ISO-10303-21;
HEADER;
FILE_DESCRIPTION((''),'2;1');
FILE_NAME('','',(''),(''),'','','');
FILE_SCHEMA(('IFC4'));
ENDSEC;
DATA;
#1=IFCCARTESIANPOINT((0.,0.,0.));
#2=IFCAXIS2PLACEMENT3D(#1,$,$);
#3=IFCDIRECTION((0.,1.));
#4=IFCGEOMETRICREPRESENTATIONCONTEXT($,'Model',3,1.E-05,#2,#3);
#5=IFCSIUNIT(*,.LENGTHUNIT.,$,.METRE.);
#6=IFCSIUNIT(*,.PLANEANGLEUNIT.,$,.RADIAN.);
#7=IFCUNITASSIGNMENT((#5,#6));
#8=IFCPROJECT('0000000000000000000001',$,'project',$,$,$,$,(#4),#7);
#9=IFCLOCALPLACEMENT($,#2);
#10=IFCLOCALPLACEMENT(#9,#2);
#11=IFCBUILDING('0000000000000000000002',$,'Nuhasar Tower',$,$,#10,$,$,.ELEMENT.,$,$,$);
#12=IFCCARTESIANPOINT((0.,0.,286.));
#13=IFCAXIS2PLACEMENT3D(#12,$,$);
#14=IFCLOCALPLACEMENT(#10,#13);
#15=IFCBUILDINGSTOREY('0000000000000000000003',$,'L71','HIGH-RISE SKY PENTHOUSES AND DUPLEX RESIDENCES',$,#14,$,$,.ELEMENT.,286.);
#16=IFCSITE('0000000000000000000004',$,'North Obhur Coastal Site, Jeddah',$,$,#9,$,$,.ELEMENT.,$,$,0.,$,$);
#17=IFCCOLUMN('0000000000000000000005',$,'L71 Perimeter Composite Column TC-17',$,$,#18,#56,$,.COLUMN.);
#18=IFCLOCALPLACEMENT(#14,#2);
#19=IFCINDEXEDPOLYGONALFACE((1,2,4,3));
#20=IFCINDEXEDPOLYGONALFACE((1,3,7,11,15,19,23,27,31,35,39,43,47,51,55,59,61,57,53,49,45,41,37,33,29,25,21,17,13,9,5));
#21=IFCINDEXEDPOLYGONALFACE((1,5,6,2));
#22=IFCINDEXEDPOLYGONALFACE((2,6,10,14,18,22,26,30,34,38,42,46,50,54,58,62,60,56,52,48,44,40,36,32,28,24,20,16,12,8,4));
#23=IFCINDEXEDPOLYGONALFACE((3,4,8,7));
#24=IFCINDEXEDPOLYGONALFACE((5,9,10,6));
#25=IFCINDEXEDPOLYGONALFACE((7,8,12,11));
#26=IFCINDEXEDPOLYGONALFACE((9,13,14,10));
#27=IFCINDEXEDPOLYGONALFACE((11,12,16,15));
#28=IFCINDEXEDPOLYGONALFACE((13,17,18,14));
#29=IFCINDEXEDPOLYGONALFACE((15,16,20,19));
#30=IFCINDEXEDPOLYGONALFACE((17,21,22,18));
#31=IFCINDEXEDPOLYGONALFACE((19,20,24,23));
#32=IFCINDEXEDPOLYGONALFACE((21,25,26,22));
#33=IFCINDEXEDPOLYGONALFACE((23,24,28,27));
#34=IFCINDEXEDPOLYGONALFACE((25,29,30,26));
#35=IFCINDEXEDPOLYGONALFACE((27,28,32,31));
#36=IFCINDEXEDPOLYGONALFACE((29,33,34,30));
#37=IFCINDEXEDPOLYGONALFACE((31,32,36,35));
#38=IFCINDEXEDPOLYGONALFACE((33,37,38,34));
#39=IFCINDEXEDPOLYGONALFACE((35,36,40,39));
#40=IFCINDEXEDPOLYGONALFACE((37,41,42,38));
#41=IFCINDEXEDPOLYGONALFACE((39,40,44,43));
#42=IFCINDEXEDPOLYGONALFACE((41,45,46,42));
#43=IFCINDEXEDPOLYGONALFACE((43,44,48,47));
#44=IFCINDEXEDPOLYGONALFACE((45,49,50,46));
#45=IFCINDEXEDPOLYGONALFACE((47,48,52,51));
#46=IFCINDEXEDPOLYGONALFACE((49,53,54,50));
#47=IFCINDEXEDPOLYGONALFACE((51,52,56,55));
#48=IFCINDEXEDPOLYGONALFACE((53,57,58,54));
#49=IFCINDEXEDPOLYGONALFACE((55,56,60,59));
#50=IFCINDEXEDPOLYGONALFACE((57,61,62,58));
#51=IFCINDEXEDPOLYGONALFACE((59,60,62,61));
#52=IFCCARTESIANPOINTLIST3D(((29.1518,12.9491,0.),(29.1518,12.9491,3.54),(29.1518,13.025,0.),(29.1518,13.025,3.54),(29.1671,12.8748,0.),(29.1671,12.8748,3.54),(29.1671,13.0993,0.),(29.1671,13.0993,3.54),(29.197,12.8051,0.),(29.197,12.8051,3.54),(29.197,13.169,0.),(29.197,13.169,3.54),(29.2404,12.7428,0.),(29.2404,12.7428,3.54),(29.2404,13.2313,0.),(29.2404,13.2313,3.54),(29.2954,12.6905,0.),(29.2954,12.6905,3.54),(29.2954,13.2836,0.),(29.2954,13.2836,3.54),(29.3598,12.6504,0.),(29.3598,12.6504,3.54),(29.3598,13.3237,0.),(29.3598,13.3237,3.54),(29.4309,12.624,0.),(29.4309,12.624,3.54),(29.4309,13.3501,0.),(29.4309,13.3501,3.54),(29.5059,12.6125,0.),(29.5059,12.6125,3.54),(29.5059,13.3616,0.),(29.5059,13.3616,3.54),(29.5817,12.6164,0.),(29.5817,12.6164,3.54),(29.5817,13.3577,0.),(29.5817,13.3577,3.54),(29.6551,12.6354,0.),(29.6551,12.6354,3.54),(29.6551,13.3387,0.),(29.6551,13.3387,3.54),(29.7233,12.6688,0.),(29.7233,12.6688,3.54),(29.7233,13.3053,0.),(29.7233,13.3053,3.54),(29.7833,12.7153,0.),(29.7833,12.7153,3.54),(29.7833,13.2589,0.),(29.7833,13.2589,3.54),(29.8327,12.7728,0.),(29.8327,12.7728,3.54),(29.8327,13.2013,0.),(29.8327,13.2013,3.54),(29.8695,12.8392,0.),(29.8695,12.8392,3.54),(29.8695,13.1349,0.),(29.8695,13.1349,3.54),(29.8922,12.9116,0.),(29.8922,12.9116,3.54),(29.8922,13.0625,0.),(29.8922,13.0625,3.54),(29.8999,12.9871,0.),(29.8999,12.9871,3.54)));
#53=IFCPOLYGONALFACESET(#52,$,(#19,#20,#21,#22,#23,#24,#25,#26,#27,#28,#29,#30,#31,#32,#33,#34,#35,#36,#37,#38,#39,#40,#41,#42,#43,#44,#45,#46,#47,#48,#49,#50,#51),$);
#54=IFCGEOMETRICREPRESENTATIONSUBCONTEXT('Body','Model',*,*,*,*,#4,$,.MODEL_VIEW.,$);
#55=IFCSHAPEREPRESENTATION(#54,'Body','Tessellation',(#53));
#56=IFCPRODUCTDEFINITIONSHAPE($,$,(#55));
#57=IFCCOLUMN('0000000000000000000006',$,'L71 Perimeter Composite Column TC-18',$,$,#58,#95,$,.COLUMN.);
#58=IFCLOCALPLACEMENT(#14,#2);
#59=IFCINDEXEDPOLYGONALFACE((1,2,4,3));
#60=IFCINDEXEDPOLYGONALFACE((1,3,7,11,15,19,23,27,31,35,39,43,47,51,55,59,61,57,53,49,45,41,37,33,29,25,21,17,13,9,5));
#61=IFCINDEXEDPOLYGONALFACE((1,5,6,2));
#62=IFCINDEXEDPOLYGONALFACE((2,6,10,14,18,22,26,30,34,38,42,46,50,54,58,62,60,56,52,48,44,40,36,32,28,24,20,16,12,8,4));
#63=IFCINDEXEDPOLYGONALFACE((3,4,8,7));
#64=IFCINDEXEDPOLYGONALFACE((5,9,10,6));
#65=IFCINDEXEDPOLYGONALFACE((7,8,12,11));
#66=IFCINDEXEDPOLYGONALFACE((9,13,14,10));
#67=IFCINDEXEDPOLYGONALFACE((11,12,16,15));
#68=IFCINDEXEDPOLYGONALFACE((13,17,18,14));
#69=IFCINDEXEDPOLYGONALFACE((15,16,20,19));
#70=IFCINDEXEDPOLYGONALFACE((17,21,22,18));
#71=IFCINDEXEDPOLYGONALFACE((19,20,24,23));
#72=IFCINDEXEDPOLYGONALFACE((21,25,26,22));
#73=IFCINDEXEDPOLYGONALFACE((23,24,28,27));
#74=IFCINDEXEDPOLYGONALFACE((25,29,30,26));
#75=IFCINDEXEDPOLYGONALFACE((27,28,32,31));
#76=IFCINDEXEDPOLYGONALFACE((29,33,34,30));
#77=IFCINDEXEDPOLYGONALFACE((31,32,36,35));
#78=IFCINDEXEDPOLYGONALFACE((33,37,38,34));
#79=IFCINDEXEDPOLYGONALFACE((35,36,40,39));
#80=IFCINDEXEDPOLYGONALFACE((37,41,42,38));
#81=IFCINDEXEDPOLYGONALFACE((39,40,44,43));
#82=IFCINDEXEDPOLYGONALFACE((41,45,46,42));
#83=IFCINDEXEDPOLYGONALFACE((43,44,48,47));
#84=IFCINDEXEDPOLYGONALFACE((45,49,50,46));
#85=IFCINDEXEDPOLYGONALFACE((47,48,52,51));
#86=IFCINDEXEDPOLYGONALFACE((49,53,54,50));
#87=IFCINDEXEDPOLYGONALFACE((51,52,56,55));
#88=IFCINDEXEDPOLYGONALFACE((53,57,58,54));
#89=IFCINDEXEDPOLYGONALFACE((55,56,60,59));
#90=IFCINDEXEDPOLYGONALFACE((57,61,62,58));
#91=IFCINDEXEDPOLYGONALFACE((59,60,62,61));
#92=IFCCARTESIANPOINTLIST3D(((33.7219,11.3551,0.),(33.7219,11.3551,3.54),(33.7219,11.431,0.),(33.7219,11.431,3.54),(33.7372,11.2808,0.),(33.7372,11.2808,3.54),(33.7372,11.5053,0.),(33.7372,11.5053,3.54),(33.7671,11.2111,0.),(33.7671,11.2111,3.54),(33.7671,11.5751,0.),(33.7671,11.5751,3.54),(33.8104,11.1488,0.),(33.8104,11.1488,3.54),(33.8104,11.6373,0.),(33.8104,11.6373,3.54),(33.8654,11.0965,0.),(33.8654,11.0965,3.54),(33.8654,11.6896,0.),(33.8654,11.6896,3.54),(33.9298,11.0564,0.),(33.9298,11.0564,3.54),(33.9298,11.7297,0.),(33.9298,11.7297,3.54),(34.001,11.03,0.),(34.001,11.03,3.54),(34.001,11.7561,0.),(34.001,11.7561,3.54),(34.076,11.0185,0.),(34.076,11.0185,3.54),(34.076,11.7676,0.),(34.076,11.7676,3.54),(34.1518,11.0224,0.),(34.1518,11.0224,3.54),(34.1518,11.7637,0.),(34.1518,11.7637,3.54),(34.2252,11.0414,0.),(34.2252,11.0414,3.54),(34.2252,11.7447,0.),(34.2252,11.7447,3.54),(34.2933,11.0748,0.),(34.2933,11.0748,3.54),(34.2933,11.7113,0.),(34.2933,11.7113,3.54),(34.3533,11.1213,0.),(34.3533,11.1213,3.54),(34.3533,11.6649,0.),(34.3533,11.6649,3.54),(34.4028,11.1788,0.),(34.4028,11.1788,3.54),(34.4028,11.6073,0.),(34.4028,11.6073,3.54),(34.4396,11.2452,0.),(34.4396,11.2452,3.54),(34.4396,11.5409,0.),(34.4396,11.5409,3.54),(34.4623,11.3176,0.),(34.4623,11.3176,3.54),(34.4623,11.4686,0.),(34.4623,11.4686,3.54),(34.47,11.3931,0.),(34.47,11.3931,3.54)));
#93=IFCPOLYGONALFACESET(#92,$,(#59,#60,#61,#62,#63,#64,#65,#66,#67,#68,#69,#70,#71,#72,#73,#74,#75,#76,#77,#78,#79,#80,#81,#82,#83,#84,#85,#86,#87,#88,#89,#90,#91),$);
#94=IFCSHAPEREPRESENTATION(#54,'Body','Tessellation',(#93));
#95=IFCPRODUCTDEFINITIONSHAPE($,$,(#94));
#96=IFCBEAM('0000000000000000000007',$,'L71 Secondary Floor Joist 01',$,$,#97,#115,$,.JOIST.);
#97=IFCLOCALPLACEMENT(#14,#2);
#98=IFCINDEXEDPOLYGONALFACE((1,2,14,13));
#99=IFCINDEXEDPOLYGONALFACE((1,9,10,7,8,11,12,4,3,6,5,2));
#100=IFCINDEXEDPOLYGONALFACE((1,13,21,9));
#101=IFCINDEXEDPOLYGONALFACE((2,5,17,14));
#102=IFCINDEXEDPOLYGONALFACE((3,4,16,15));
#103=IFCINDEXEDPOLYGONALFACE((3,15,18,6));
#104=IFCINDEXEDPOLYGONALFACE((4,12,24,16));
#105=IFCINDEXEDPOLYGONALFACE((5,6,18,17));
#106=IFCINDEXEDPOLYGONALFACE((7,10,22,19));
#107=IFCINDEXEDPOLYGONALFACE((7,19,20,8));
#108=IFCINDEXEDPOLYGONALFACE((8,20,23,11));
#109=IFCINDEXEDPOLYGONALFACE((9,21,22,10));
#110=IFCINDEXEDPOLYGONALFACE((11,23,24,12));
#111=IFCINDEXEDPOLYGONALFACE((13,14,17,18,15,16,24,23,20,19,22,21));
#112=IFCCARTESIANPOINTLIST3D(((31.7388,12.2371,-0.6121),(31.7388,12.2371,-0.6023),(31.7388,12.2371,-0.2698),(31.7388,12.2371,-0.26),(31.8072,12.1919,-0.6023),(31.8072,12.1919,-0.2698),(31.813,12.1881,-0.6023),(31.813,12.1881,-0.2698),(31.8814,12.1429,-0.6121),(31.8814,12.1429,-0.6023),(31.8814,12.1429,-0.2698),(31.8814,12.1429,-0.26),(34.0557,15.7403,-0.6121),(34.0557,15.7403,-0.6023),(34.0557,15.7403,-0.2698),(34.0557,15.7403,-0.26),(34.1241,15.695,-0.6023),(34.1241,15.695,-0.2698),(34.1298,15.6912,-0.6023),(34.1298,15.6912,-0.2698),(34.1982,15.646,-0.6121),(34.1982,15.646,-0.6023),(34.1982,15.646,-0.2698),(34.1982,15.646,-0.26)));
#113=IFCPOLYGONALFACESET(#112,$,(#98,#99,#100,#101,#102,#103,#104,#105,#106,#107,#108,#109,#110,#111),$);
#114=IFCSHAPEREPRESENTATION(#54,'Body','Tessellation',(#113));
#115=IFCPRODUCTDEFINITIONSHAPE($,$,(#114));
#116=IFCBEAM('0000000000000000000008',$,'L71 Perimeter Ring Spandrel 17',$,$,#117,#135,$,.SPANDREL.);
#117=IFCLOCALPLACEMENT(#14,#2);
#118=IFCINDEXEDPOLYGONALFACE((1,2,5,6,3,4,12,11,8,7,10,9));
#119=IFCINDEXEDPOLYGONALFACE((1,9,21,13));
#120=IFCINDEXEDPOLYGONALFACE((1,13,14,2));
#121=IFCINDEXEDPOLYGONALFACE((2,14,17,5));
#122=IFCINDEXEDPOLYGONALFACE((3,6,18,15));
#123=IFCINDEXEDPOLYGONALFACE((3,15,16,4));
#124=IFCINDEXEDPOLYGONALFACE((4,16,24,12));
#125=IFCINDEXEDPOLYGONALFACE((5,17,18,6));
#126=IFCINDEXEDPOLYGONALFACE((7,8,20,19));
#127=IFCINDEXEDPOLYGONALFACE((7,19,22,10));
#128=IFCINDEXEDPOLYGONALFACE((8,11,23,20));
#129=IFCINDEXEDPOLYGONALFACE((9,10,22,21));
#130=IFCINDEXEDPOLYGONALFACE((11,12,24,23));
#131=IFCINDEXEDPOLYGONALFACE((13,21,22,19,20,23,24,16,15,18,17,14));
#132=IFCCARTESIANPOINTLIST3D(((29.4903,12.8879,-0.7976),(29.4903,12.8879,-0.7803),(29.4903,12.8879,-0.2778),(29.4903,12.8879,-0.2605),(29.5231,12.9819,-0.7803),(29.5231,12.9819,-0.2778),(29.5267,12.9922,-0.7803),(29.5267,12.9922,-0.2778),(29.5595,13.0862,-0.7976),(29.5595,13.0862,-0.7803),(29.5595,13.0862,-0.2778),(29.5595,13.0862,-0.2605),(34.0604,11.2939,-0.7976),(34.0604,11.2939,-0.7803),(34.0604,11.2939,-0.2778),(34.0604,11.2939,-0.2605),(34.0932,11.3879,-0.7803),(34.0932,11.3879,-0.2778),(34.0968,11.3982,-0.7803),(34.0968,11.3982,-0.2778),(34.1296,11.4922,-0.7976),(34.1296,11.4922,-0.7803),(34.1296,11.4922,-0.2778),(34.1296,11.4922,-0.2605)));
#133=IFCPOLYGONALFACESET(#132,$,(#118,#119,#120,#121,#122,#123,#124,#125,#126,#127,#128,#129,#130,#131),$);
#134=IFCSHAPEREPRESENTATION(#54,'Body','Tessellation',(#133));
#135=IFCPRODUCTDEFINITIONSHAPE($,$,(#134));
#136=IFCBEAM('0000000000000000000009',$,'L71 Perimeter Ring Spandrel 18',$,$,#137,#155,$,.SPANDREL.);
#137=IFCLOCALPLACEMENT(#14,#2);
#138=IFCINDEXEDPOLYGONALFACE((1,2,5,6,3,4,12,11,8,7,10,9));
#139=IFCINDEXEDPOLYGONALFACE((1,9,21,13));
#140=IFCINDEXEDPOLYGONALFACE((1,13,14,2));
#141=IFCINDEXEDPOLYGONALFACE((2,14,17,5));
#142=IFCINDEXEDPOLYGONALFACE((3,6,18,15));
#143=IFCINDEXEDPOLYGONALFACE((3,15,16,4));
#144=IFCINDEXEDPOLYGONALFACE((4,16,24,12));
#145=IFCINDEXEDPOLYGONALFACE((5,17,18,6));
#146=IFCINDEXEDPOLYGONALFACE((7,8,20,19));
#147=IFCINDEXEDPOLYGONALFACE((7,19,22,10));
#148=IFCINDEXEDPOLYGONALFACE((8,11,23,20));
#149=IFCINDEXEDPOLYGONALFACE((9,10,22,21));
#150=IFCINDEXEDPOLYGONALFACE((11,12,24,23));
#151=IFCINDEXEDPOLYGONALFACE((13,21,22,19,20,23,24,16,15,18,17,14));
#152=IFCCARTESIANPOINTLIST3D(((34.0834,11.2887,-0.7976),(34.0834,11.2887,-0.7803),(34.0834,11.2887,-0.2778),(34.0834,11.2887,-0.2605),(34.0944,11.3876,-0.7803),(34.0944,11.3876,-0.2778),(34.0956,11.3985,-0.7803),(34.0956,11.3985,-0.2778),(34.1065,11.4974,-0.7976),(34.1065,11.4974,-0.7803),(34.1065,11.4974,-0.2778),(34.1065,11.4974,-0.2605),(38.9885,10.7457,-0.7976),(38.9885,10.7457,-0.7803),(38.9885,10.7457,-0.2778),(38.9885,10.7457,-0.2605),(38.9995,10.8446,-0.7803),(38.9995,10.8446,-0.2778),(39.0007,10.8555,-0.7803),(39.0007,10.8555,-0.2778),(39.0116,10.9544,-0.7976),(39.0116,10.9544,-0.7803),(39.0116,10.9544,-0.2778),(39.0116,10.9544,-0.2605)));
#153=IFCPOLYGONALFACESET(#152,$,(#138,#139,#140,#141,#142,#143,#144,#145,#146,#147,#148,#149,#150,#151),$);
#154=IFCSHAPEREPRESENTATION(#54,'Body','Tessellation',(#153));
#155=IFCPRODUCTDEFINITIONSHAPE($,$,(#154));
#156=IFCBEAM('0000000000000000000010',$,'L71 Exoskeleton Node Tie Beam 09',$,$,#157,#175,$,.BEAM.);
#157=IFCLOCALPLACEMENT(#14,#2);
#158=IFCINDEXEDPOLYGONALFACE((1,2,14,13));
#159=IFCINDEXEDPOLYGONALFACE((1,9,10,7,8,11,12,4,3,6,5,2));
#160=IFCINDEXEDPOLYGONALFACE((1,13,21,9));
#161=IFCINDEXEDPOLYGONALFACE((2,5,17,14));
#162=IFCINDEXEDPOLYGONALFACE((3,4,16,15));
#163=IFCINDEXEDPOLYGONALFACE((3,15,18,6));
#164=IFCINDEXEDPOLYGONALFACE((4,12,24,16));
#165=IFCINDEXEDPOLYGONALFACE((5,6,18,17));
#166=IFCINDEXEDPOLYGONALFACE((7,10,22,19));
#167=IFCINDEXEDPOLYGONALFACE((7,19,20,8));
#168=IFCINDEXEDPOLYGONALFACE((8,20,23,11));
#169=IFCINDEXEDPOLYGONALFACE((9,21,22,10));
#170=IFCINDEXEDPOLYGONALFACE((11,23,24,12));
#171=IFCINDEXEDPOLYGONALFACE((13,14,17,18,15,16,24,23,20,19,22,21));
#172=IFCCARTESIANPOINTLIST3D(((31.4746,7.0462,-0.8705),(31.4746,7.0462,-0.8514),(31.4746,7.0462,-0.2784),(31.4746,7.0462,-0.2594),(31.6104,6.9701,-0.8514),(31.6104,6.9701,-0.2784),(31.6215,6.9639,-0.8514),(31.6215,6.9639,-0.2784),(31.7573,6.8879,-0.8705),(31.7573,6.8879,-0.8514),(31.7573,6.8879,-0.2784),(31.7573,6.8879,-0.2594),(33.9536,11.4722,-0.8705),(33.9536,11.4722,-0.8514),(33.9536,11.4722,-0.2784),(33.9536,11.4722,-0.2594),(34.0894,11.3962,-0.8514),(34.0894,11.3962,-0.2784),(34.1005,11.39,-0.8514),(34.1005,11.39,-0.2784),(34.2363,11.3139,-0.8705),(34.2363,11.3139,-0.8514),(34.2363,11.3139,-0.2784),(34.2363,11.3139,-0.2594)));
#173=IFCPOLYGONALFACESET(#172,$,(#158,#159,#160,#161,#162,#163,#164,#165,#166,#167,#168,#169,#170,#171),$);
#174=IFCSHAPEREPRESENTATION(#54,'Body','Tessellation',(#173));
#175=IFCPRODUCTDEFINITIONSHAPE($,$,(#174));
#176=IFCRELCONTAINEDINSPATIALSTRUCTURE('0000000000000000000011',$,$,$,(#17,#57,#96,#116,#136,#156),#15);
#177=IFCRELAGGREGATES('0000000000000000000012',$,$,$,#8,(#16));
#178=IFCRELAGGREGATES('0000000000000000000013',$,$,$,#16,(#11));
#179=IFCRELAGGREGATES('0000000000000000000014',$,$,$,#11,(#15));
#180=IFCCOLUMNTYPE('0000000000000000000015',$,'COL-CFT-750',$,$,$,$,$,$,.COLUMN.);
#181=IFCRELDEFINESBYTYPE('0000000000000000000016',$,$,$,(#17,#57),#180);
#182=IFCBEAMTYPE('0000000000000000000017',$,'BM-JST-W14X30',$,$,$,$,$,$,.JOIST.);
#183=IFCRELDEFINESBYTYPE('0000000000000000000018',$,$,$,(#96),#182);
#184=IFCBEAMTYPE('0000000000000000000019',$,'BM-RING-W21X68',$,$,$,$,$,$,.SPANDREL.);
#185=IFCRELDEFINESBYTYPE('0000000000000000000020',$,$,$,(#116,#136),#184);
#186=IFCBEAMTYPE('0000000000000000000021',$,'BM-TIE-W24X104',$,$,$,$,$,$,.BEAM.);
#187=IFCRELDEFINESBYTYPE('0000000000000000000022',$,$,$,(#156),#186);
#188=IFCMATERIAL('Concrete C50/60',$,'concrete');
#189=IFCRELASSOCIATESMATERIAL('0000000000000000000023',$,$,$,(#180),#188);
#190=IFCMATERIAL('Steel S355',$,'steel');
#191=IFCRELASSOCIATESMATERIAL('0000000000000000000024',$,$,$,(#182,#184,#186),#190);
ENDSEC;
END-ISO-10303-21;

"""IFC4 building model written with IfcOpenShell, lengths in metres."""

from ifc_helpers import new_model, si_unit, direction, frame, origin, origin_2d, place, context, subcontext, project, spatial, circle, i_section, extrude, material, material_profile, profile_set, type_object, element, save


model = new_model("IFC4")

# Units and contexts
model_context = context("Model", 3, precision=1e-05, world=origin(), true_north=direction((0.0, 1.0)))
body_context = subcontext(model_context, "Body", "Model", "MODEL_VIEW")
ifc_project = project(units=[si_unit("LENGTHUNIT", "METRE"), si_unit("PLANEANGLEUNIT", "RADIAN")], contexts=[model_context])

# Site, building, storey
site_placement = place(None, origin())
site = spatial("IfcSite", under=ifc_project, at=site_placement, Name="North Obhur Coastal Site, Jeddah", CompositionType="ELEMENT", RefElevation=0.0)
building_placement = place(site_placement, origin())
building = spatial("IfcBuilding", under=site, at=building_placement, Name="Nuhasar Tower", CompositionType="ELEMENT")
storey_placement = place(building_placement, frame((0.0, 0.0, 286.0)))
storey = spatial("IfcBuildingStorey", under=building, at=storey_placement, Name="L71", Description="HIGH-RISE SKY PENTHOUSES AND DUPLEX RESIDENCES", CompositionType="ELEMENT", Elevation=286.0)

# Columns
ifc_material_1 = material(Name="Concrete C50/60", Category="concrete")
ifc_material_profile_1 = material_profile(ifc_material_1, circle(Radius=0.375, at=origin_2d()), Name="CFT750")
ifc_profile_set_1 = profile_set([ifc_material_profile_1], Name="Concrete C50/60")
column_type = type_object("IfcColumnType", Name="COL-CFT-750", PredefinedType="COLUMN", material=ifc_profile_set_1)
for number, where, z_axis, x_axis, name in (
    (1, (29.5249, 12.9871, 0.0), (0.0, 0.0, 1.0), (1.0, 0.0, 0.0), "L71 Perimeter Composite Column TC-17"),
    (2, (34.095, 11.3931, 0.0), (0.0, 0.0, 1.0), (1.0, 0.0, 0.0), "L71 Perimeter Composite Column TC-18"),
):
    element("IfcColumn", number, at=place(storey_placement, frame(where, z_axis=z_axis, x_axis=x_axis)), inside=storey, type_object=column_type, Name=name, PredefinedType="COLUMN", context=body_context, shape_type="SweptSolid", body=[
        extrude(circle(Radius=0.375, at=origin_2d()), origin(), (0.0, 0.0, 1.0), 3.54),
    ])

# Beams
ifc_material_2 = material(Name="Steel S355", Category="steel")
ifc_material_profile_2 = material_profile(ifc_material_2, i_section(OverallWidth=0.1709, OverallDepth=0.3521, WebThickness=0.0068, FlangeThickness=0.0098, at=origin_2d()), Name="W14X30")
ifc_profile_set_2 = profile_set([ifc_material_profile_2], Name="Steel S355")
beam_type_1 = type_object("IfcBeamType", Name="BM-JST-W14X30", PredefinedType="JOIST", material=ifc_profile_set_2)
beam_1_placement = place(storey_placement, frame((34.127, 15.6931, -0.436), z_axis=(-0.551638, -0.834084, 0.0), x_axis=(0.834084, -0.551638, 0.0)))
element("IfcBeam", 3, at=beam_1_placement, inside=storey, type_object=beam_type_1, Name="L71 Secondary Floor Joist 01", PredefinedType="JOIST", context=body_context, shape_type="SweptSolid", body=[
    extrude(i_section(OverallWidth=0.1709, OverallDepth=0.3521, WebThickness=0.0068, FlangeThickness=0.0098, at=origin_2d()), origin(), (0.0, 0.0, 1.0), 4.2),
])
ifc_material_profile_3 = material_profile(ifc_material_2, i_section(OverallWidth=0.21, OverallDepth=0.5371, WebThickness=0.011, FlangeThickness=0.0173, at=origin_2d()), Name="W21X68")
ifc_profile_set_3 = profile_set([ifc_material_profile_3], Name="Steel S355")
beam_type_2 = type_object("IfcBeamType", Name="BM-RING-W21X68", PredefinedType="SPANDREL", material=ifc_profile_set_3)
beam_2_placement = place(storey_placement, frame((29.5249, 12.9871, -0.5291), z_axis=(0.944214, -0.329332, 0.0), x_axis=(0.329332, 0.944214, 0.0)))
element("IfcBeam", 4, at=beam_2_placement, inside=storey, type_object=beam_type_2, Name="L71 Perimeter Ring Spandrel 17", PredefinedType="SPANDREL", context=body_context, shape_type="SweptSolid", body=[
    extrude(i_section(OverallWidth=0.21, OverallDepth=0.5371, WebThickness=0.011, FlangeThickness=0.0173, at=origin_2d()), origin(), (0.0, 0.0, 1.0), 4.8401),
])
beam_3_placement = place(storey_placement, frame((34.095, 11.3931, -0.5291), z_axis=(0.993929, -0.110024, 0.0), x_axis=(0.110024, 0.993929, 0.0)))
element("IfcBeam", 5, at=beam_3_placement, inside=storey, type_object=beam_type_2, Name="L71 Perimeter Ring Spandrel 18", PredefinedType="SPANDREL", context=body_context, shape_type="SweptSolid", body=[
    extrude(i_section(OverallWidth=0.21, OverallDepth=0.5371, WebThickness=0.011, FlangeThickness=0.0173, at=origin_2d()), origin(), (0.0, 0.0, 1.0), 4.9351),
])
ifc_material_profile_4 = material_profile(ifc_material_2, i_section(OverallWidth=0.324, OverallDepth=0.6111, WebThickness=0.0127, FlangeThickness=0.019, at=origin_2d()), Name="W24X104")
ifc_profile_set_4 = profile_set([ifc_material_profile_4], Name="Steel S355")
beam_type_3 = type_object("IfcBeamType", Name="BM-TIE-W24X104", PredefinedType="BEAM", material=ifc_profile_set_4)
beam_4_placement = place(storey_placement, frame((34.095, 11.3931, -0.5649), z_axis=(-0.488668, -0.87247, 0.0), x_axis=(0.87247, -0.488668, 0.0)))
element("IfcBeam", 6, at=beam_4_placement, inside=storey, type_object=beam_type_3, Name="L71 Exoskeleton Node Tie Beam 09", PredefinedType="BEAM", context=body_context, shape_type="SweptSolid", body=[
    extrude(i_section(OverallWidth=0.324, OverallDepth=0.6111, WebThickness=0.0127, FlangeThickness=0.019, at=origin_2d()), origin(), (0.0, 0.0, 1.0), 5.073),
])

save(model, "model.ifc")
